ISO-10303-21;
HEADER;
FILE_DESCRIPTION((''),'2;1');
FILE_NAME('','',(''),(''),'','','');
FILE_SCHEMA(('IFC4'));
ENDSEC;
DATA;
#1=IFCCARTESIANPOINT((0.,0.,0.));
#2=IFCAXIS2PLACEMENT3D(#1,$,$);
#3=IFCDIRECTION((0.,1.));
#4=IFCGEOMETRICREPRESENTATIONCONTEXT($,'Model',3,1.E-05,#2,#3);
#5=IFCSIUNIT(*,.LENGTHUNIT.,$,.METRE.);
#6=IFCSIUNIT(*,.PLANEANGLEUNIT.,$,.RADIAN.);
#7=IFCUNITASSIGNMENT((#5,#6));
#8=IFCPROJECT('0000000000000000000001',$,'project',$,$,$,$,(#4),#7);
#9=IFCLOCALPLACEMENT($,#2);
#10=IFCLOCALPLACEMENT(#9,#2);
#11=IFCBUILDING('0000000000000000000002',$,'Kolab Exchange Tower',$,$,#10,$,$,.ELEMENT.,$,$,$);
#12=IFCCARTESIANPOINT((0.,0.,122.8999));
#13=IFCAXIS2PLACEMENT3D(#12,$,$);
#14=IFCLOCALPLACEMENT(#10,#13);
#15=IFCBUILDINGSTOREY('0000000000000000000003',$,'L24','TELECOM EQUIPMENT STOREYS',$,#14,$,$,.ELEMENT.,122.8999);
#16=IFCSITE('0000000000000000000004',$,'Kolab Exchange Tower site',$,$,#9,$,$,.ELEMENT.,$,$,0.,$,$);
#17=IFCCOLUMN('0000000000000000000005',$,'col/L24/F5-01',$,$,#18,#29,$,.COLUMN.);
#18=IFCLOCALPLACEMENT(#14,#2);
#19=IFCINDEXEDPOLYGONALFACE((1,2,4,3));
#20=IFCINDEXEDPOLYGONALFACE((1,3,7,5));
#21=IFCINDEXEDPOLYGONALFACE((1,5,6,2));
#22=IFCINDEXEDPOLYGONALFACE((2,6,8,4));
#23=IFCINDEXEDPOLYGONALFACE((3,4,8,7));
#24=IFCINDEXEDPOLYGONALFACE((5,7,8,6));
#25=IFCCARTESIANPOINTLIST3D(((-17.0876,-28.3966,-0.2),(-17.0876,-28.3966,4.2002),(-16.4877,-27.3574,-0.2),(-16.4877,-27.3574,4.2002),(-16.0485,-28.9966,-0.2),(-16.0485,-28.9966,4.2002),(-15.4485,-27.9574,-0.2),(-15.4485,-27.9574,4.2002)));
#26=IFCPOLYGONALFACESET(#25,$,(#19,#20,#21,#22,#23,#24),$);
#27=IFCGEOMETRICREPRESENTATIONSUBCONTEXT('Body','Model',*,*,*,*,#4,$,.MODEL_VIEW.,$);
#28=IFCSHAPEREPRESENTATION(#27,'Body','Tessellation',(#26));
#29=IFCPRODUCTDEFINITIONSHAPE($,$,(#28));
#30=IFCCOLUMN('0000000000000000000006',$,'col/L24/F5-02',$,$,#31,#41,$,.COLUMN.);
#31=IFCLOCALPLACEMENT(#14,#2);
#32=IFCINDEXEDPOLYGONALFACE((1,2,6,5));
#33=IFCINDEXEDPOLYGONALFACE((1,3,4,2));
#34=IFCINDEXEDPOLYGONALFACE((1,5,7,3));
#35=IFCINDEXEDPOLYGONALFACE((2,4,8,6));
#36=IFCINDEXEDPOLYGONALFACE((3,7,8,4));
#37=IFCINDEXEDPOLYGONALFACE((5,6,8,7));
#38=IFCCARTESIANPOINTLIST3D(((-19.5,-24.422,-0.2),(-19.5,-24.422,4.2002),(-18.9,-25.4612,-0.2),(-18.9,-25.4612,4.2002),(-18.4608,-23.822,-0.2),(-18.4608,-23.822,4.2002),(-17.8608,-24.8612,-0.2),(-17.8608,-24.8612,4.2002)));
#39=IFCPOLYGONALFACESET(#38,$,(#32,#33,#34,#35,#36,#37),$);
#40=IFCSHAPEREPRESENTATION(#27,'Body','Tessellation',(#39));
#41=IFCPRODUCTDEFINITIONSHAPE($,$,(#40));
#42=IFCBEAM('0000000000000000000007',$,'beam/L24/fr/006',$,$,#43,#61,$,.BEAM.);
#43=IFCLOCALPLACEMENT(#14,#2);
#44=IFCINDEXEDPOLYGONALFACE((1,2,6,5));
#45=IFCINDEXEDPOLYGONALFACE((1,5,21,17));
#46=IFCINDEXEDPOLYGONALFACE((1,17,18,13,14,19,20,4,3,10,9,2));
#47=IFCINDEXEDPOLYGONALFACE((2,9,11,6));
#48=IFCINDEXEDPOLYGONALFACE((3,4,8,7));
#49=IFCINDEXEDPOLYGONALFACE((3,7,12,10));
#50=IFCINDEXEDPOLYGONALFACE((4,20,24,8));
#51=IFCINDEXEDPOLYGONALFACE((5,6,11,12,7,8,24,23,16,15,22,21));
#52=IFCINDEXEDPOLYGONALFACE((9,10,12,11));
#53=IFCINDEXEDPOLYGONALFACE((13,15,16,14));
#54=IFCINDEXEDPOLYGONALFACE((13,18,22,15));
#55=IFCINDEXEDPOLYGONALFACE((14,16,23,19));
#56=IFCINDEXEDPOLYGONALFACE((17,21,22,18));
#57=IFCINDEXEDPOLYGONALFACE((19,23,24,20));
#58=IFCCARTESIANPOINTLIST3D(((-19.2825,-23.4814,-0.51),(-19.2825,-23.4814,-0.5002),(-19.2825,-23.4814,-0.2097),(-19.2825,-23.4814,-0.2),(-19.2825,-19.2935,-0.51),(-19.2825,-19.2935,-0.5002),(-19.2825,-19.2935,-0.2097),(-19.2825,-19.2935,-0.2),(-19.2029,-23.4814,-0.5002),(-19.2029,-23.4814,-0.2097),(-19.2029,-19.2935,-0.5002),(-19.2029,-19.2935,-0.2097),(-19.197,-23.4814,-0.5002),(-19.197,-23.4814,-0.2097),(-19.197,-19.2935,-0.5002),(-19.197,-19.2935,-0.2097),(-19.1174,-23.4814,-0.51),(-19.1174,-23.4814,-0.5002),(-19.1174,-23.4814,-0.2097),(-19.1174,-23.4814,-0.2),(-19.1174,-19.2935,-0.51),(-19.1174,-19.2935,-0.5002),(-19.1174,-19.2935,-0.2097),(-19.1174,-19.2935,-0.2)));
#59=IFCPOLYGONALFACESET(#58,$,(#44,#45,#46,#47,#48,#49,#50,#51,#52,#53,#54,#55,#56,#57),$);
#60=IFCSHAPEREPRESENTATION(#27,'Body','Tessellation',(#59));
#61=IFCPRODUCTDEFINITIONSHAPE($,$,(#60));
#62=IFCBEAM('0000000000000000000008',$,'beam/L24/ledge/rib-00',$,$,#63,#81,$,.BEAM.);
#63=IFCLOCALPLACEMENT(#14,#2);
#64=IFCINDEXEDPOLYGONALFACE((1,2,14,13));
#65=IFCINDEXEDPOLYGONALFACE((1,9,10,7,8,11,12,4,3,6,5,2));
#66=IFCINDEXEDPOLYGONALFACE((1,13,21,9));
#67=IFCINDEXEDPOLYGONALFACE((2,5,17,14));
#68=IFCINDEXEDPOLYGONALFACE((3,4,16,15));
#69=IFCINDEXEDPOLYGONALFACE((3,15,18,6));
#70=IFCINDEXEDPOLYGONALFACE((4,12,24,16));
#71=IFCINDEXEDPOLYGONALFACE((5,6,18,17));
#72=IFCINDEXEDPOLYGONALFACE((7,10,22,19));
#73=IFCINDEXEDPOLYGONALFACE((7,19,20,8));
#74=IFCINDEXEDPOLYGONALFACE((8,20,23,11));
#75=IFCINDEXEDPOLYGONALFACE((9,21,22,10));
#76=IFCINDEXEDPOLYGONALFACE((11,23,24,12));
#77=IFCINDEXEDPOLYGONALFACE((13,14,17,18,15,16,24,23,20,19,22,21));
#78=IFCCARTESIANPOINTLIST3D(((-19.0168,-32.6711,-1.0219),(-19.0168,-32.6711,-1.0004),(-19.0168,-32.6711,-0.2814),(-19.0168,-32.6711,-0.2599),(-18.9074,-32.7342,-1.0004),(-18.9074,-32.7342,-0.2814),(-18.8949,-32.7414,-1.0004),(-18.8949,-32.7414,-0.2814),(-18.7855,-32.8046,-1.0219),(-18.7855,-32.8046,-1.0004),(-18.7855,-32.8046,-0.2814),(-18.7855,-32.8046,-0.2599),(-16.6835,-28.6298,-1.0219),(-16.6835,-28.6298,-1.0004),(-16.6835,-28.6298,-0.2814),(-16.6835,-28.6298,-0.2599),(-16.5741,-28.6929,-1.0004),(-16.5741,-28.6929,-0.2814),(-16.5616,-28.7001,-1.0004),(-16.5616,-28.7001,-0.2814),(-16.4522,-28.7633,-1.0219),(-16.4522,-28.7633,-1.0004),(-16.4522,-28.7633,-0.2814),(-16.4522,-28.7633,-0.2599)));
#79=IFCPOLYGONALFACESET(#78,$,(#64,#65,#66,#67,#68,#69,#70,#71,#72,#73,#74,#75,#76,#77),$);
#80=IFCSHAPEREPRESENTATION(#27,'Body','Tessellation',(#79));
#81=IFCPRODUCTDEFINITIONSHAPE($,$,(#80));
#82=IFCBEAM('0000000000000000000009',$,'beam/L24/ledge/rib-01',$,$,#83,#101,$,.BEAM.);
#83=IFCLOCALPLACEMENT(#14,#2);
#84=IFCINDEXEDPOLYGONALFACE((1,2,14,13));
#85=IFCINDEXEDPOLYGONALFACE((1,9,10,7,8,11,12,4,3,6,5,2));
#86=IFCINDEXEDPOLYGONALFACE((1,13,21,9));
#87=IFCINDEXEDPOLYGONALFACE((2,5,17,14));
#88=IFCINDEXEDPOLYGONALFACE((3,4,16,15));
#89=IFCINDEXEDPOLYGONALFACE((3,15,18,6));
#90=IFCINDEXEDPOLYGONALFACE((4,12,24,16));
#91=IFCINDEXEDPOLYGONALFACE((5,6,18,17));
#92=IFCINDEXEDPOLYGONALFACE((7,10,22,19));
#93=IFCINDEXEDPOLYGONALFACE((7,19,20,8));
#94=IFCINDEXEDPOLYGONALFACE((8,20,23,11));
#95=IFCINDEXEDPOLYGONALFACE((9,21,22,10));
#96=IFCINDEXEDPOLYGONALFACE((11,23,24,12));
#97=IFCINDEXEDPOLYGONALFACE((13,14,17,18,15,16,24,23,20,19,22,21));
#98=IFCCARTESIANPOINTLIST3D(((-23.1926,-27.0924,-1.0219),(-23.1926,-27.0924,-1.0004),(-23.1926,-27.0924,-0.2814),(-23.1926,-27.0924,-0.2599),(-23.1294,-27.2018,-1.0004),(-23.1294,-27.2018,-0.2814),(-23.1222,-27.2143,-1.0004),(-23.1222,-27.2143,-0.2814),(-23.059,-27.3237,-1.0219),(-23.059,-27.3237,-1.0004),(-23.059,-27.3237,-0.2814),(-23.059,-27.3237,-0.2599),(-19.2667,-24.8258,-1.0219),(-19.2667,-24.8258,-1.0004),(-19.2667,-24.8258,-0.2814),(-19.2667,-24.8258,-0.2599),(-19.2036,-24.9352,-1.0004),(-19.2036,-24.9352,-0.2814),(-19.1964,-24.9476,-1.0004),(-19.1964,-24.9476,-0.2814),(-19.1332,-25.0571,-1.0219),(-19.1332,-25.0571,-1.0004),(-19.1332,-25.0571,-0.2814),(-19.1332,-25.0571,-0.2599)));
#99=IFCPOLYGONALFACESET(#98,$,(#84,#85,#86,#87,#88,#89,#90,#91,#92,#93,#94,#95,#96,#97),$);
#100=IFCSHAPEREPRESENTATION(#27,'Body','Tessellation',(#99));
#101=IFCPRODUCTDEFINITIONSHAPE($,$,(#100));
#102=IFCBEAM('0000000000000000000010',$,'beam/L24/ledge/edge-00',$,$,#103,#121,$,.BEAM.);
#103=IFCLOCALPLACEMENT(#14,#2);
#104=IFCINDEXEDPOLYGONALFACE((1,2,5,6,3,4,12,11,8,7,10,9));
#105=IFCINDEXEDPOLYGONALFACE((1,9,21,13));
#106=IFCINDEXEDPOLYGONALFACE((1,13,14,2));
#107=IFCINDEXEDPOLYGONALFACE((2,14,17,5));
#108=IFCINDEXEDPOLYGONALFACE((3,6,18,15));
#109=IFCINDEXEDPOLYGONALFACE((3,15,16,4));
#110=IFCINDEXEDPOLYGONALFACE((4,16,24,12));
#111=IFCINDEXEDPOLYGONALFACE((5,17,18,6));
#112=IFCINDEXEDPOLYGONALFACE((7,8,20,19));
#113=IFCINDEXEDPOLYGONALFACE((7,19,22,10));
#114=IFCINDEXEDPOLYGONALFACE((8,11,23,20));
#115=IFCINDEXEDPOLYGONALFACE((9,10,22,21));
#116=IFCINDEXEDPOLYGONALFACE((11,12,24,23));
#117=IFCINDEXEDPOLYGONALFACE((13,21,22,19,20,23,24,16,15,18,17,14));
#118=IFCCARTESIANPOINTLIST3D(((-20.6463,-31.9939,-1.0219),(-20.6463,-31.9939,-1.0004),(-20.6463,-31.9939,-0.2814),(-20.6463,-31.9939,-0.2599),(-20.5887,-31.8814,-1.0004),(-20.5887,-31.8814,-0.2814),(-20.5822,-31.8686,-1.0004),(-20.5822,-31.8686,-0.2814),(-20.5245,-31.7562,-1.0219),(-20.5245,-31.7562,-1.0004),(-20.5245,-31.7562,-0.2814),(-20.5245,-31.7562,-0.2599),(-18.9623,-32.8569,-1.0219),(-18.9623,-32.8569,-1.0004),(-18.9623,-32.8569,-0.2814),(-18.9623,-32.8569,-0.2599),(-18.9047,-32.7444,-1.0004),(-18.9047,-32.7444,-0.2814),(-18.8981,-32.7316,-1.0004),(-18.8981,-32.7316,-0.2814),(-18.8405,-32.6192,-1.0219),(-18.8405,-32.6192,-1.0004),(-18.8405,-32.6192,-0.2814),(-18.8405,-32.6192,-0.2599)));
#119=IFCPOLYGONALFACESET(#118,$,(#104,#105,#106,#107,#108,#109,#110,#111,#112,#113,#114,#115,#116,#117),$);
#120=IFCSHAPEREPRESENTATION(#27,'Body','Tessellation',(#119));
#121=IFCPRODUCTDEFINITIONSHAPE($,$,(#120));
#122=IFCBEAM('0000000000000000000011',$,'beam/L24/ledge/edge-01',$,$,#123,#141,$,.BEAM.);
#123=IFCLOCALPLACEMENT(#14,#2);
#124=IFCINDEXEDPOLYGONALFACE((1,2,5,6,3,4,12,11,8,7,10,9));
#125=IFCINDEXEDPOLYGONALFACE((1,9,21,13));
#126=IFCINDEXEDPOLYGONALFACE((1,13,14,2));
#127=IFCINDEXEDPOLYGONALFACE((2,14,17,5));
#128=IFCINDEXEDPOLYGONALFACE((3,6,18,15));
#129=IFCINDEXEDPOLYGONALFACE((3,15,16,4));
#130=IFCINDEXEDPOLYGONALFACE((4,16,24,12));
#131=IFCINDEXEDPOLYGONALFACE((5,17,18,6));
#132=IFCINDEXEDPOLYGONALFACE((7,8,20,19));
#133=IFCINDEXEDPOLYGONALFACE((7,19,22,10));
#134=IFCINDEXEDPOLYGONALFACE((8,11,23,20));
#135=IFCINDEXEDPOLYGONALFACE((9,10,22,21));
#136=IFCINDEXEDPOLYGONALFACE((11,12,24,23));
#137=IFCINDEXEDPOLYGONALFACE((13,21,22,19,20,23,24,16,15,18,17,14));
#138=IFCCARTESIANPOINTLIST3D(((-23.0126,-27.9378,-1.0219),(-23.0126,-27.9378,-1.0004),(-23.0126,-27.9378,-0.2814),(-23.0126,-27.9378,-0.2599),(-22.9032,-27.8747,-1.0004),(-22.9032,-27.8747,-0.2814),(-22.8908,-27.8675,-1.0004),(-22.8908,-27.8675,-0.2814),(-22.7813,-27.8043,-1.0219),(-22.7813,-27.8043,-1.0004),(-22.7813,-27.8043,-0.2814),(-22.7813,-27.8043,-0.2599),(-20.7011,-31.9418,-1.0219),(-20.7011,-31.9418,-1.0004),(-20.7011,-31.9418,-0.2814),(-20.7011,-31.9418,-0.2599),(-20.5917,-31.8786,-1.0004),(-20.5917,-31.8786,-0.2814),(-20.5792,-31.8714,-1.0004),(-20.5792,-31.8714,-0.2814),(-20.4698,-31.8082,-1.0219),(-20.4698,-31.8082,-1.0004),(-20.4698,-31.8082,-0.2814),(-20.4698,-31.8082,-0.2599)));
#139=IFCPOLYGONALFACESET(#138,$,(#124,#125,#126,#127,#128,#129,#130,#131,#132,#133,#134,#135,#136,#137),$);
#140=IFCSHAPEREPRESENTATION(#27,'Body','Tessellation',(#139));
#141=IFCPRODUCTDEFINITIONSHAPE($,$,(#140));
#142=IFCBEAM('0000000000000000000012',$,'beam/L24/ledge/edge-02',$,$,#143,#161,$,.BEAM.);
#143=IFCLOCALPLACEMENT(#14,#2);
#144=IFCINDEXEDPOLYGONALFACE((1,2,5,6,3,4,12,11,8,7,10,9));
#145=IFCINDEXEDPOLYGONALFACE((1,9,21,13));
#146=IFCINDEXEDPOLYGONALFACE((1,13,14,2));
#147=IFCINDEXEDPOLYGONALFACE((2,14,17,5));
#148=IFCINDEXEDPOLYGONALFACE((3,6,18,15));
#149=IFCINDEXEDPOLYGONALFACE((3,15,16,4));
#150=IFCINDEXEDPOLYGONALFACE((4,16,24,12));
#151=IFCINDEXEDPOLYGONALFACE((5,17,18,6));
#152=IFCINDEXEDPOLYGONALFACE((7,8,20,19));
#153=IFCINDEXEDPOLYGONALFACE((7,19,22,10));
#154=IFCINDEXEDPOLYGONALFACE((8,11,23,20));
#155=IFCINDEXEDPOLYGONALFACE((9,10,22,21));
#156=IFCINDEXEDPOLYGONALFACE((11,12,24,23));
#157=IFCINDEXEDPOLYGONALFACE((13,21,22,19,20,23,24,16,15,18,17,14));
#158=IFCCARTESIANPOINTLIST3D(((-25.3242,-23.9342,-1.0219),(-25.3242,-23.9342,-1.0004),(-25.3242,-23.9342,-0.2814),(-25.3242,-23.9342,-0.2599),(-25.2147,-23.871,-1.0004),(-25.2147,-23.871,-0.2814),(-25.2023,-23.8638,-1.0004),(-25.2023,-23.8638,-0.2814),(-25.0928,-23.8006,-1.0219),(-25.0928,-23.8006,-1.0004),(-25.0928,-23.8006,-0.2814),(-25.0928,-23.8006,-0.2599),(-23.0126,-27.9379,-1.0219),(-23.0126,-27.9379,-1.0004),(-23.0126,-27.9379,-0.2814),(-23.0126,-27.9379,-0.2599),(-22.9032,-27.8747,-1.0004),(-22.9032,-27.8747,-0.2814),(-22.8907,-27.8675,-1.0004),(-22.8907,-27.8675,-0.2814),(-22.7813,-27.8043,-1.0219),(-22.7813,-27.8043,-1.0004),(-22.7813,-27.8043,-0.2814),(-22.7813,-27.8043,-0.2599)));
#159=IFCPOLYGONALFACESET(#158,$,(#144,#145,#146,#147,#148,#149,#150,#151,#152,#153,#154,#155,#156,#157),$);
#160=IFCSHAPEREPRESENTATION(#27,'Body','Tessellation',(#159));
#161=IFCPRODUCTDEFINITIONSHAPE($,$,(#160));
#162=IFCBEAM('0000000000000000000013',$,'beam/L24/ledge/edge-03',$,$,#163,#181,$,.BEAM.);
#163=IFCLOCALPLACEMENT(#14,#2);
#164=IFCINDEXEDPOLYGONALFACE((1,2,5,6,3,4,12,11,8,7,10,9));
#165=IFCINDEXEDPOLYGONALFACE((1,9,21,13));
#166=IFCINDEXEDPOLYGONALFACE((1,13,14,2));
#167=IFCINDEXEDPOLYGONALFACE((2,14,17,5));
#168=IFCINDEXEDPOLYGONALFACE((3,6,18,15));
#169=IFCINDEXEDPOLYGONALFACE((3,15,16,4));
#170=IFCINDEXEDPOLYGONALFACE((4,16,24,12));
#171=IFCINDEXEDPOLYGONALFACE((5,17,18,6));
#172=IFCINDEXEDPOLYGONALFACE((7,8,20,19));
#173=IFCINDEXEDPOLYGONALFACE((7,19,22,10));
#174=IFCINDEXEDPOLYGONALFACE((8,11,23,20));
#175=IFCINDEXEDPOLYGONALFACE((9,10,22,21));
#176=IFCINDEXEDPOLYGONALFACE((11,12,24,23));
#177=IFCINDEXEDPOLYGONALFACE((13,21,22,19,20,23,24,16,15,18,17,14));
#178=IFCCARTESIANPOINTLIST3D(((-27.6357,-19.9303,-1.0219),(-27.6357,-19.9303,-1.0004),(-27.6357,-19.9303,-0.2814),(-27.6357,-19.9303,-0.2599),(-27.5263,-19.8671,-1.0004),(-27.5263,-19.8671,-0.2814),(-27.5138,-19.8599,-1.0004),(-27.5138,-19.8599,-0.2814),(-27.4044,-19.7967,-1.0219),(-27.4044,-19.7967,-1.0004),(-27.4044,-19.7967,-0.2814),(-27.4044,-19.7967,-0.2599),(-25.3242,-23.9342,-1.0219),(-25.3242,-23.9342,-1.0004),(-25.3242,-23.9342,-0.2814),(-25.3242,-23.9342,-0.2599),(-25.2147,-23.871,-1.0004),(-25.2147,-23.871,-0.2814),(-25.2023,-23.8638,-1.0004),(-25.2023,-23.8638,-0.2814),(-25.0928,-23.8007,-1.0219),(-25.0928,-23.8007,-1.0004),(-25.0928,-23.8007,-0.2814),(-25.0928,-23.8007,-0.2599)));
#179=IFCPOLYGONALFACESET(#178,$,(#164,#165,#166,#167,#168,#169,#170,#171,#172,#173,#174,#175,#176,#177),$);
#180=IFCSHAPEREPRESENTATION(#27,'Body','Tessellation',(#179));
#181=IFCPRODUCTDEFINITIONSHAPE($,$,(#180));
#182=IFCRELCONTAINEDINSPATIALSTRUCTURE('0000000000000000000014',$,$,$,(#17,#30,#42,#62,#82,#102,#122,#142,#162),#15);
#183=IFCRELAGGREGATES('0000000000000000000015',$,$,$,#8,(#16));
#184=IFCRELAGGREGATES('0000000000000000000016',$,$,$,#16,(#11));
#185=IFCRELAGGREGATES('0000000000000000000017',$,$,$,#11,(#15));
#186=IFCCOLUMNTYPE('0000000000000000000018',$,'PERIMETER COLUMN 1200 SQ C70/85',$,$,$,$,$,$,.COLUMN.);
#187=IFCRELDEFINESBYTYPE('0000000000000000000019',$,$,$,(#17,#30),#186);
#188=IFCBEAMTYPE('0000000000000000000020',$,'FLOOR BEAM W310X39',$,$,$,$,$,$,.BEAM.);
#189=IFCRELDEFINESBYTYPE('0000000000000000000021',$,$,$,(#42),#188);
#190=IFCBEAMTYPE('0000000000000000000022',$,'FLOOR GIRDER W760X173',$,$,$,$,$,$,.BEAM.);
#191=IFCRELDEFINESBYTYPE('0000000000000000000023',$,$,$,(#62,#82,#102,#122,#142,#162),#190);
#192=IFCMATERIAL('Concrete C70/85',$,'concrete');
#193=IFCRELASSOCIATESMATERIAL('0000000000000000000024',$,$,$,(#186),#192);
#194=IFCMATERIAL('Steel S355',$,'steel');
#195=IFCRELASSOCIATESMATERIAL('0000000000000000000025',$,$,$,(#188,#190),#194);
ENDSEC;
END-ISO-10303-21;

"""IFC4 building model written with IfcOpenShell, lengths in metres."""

from ifc_helpers import new_model, si_unit, direction, frame, origin, origin_2d, place, context, subcontext, project, spatial, rectangle, i_section, extrude, material, material_profile, profile_set, type_object, element, save


model = new_model("IFC4")

# Units and contexts
model_context = context("Model", 3, precision=1e-05, world=origin(), true_north=direction((0.0, 1.0)))
body_context = subcontext(model_context, "Body", "Model", "MODEL_VIEW")
ifc_project = project(units=[si_unit("LENGTHUNIT", "METRE"), si_unit("PLANEANGLEUNIT", "RADIAN")], contexts=[model_context])

# Site, building, storey
site_placement = place(None, origin())
site = spatial("IfcSite", under=ifc_project, at=site_placement, Name="Kolab Exchange Tower site", CompositionType="ELEMENT", RefElevation=0.0)
building_placement = place(site_placement, origin())
building = spatial("IfcBuilding", under=site, at=building_placement, Name="Kolab Exchange Tower", CompositionType="ELEMENT")
storey_placement = place(building_placement, frame((0.0, 0.0, 122.8999)))
storey = spatial("IfcBuildingStorey", under=building, at=storey_placement, Name="L24", Description="TELECOM EQUIPMENT STOREYS", CompositionType="ELEMENT", Elevation=122.8999)

# Columns
ifc_material_1 = material(Name="Concrete C70/85", Category="concrete")
ifc_material_profile_1 = material_profile(ifc_material_1, rectangle(XDim=1.2, YDim=1.2, at=origin_2d()), Name="RC1200")
ifc_profile_set_1 = profile_set([ifc_material_profile_1], Name="Concrete C70/85")
column_type = type_object("IfcColumnType", Name="PERIMETER COLUMN 1200 SQ C70/85", PredefinedType="COLUMN", material=ifc_profile_set_1)
for number, where, z_axis, x_axis, name in (
    (1, (-16.2681, -28.177, -0.2), (0.0, 0.0, 1.0), (0.5, 0.866025, 0.0), "col/L24/F5-01"),
    (2, (-18.6804, -24.6416, -0.2), (0.0, 0.0, 1.0), (0.866025, 0.5, 0.0), "col/L24/F5-02"),
):
    element("IfcColumn", number, at=place(storey_placement, frame(where, z_axis=z_axis, x_axis=x_axis)), inside=storey, type_object=column_type, Name=name, PredefinedType="COLUMN", context=body_context, shape_type="SweptSolid", body=[
        extrude(rectangle(XDim=1.2, YDim=1.2, at=origin_2d()), origin(), (0.0, 0.0, 1.0), 4.4001),
    ])

# Beams
ifc_material_2 = material(Name="Steel S355", Category="steel")
ifc_material_profile_2 = material_profile(ifc_material_2, i_section(OverallWidth=0.165, OverallDepth=0.3101, WebThickness=0.0059, FlangeThickness=0.0098, at=origin_2d()), Name="W310X39")
ifc_profile_set_2 = profile_set([ifc_material_profile_2], Name="Steel S355")
beam_type_1 = type_object("IfcBeamType", Name="FLOOR BEAM W310X39", PredefinedType="BEAM", material=ifc_profile_set_2)
beam_1_placement = place(storey_placement, frame((-19.2, -23.4814, -0.355), z_axis=(0.0, 1.0, 0.0), x_axis=(-1.0, 0.0, 0.0)))
element("IfcBeam", 3, at=beam_1_placement, inside=storey, type_object=beam_type_1, Name="beam/L24/fr/006", PredefinedType="BEAM", context=body_context, shape_type="SweptSolid", body=[
    extrude(i_section(OverallWidth=0.165, OverallDepth=0.3101, WebThickness=0.0059, FlangeThickness=0.0098, at=origin_2d()), origin(), (0.0, 0.0, 1.0), 4.188),
])
ifc_material_profile_3 = material_profile(ifc_material_2, i_section(OverallWidth=0.2671, OverallDepth=0.762, WebThickness=0.0144, FlangeThickness=0.0215, at=origin_2d()), Name="W760X173")
ifc_profile_set_3 = profile_set([ifc_material_profile_3], Name="Steel S355")
beam_type_2 = type_object("IfcBeamType", Name="FLOOR GIRDER W760X173", PredefinedType="BEAM", material=ifc_profile_set_3)
beam_2_placement = place(storey_placement, frame((-16.5679, -28.6965, -0.6409), z_axis=(-0.500005, -0.866023, 0.0), x_axis=(0.866023, -0.500005, 0.0)))
element("IfcBeam", 4, at=beam_2_placement, inside=storey, type_object=beam_type_2, Name="beam/L24/ledge/rib-00", PredefinedType="BEAM", context=body_context, shape_type="SweptSolid", body=[
    extrude(i_section(OverallWidth=0.2671, OverallDepth=0.762, WebThickness=0.0144, FlangeThickness=0.0215, at=origin_2d()), origin(), (0.0, 0.0, 1.0), 4.6665),
])
beam_3_placement = place(storey_placement, frame((-19.2, -24.9414, -0.6409), z_axis=(-0.866021, -0.500008, 0.0), x_axis=(0.500008, -0.866021, 0.0)))
element("IfcBeam", 5, at=beam_3_placement, inside=storey, type_object=beam_type_2, Name="beam/L24/ledge/rib-01", PredefinedType="BEAM", context=body_context, shape_type="SweptSolid", body=[
    extrude(i_section(OverallWidth=0.2671, OverallDepth=0.762, WebThickness=0.0144, FlangeThickness=0.0215, at=origin_2d()), origin(), (0.0, 0.0, 1.0), 4.5332),
])
beam_4_placement = place(storey_placement, frame((-18.9014, -32.738, -0.6409), z_axis=(-0.889945, 0.456068, 0.0), x_axis=(-0.456068, -0.889945, 0.0)))
element("IfcBeam", 6, at=beam_4_placement, inside=storey, type_object=beam_type_2, Name="beam/L24/ledge/edge-00", PredefinedType="BEAM", context=body_context, shape_type="SweptSolid", body=[
    extrude(i_section(OverallWidth=0.2671, OverallDepth=0.762, WebThickness=0.0144, FlangeThickness=0.0215, at=origin_2d()), origin(), (0.0, 0.0, 1.0), 1.8923),
])
beam_5_placement = place(storey_placement, frame((-20.5854, -31.875, -0.6409), z_axis=(-0.499978, 0.866038, 0.0), x_axis=(-0.866038, -0.499978, 0.0)))
element("IfcBeam", 7, at=beam_5_placement, inside=storey, type_object=beam_type_2, Name="beam/L24/ledge/edge-01", PredefinedType="BEAM", context=body_context, shape_type="SweptSolid", body=[
    extrude(i_section(OverallWidth=0.2671, OverallDepth=0.762, WebThickness=0.0144, FlangeThickness=0.0215, at=origin_2d()), origin(), (0.0, 0.0, 1.0), 4.6233),
])
beam_6_placement = place(storey_placement, frame((-22.897, -27.8711, -0.6409), z_axis=(-0.500001, 0.866025, 0.0), x_axis=(-0.866025, -0.500001, 0.0)))
element("IfcBeam", 8, at=beam_6_placement, inside=storey, type_object=beam_type_2, Name="beam/L24/ledge/edge-02", PredefinedType="BEAM", context=body_context, shape_type="SweptSolid", body=[
    extrude(i_section(OverallWidth=0.2671, OverallDepth=0.762, WebThickness=0.0144, FlangeThickness=0.0215, at=origin_2d()), origin(), (0.0, 0.0, 1.0), 4.623),
])
beam_7_placement = place(storey_placement, frame((-25.2085, -23.8674, -0.6409), z_axis=(-0.499978, 0.866038, 0.0), x_axis=(-0.866038, -0.499978, 0.0)))
element("IfcBeam", 9, at=beam_7_placement, inside=storey, type_object=beam_type_2, Name="beam/L24/ledge/edge-03", PredefinedType="BEAM", context=body_context, shape_type="SweptSolid", body=[
    extrude(i_section(OverallWidth=0.2671, OverallDepth=0.762, WebThickness=0.0144, FlangeThickness=0.0215, at=origin_2d()), origin(), (0.0, 0.0, 1.0), 4.6233),
])

save(model, "model.ifc")
